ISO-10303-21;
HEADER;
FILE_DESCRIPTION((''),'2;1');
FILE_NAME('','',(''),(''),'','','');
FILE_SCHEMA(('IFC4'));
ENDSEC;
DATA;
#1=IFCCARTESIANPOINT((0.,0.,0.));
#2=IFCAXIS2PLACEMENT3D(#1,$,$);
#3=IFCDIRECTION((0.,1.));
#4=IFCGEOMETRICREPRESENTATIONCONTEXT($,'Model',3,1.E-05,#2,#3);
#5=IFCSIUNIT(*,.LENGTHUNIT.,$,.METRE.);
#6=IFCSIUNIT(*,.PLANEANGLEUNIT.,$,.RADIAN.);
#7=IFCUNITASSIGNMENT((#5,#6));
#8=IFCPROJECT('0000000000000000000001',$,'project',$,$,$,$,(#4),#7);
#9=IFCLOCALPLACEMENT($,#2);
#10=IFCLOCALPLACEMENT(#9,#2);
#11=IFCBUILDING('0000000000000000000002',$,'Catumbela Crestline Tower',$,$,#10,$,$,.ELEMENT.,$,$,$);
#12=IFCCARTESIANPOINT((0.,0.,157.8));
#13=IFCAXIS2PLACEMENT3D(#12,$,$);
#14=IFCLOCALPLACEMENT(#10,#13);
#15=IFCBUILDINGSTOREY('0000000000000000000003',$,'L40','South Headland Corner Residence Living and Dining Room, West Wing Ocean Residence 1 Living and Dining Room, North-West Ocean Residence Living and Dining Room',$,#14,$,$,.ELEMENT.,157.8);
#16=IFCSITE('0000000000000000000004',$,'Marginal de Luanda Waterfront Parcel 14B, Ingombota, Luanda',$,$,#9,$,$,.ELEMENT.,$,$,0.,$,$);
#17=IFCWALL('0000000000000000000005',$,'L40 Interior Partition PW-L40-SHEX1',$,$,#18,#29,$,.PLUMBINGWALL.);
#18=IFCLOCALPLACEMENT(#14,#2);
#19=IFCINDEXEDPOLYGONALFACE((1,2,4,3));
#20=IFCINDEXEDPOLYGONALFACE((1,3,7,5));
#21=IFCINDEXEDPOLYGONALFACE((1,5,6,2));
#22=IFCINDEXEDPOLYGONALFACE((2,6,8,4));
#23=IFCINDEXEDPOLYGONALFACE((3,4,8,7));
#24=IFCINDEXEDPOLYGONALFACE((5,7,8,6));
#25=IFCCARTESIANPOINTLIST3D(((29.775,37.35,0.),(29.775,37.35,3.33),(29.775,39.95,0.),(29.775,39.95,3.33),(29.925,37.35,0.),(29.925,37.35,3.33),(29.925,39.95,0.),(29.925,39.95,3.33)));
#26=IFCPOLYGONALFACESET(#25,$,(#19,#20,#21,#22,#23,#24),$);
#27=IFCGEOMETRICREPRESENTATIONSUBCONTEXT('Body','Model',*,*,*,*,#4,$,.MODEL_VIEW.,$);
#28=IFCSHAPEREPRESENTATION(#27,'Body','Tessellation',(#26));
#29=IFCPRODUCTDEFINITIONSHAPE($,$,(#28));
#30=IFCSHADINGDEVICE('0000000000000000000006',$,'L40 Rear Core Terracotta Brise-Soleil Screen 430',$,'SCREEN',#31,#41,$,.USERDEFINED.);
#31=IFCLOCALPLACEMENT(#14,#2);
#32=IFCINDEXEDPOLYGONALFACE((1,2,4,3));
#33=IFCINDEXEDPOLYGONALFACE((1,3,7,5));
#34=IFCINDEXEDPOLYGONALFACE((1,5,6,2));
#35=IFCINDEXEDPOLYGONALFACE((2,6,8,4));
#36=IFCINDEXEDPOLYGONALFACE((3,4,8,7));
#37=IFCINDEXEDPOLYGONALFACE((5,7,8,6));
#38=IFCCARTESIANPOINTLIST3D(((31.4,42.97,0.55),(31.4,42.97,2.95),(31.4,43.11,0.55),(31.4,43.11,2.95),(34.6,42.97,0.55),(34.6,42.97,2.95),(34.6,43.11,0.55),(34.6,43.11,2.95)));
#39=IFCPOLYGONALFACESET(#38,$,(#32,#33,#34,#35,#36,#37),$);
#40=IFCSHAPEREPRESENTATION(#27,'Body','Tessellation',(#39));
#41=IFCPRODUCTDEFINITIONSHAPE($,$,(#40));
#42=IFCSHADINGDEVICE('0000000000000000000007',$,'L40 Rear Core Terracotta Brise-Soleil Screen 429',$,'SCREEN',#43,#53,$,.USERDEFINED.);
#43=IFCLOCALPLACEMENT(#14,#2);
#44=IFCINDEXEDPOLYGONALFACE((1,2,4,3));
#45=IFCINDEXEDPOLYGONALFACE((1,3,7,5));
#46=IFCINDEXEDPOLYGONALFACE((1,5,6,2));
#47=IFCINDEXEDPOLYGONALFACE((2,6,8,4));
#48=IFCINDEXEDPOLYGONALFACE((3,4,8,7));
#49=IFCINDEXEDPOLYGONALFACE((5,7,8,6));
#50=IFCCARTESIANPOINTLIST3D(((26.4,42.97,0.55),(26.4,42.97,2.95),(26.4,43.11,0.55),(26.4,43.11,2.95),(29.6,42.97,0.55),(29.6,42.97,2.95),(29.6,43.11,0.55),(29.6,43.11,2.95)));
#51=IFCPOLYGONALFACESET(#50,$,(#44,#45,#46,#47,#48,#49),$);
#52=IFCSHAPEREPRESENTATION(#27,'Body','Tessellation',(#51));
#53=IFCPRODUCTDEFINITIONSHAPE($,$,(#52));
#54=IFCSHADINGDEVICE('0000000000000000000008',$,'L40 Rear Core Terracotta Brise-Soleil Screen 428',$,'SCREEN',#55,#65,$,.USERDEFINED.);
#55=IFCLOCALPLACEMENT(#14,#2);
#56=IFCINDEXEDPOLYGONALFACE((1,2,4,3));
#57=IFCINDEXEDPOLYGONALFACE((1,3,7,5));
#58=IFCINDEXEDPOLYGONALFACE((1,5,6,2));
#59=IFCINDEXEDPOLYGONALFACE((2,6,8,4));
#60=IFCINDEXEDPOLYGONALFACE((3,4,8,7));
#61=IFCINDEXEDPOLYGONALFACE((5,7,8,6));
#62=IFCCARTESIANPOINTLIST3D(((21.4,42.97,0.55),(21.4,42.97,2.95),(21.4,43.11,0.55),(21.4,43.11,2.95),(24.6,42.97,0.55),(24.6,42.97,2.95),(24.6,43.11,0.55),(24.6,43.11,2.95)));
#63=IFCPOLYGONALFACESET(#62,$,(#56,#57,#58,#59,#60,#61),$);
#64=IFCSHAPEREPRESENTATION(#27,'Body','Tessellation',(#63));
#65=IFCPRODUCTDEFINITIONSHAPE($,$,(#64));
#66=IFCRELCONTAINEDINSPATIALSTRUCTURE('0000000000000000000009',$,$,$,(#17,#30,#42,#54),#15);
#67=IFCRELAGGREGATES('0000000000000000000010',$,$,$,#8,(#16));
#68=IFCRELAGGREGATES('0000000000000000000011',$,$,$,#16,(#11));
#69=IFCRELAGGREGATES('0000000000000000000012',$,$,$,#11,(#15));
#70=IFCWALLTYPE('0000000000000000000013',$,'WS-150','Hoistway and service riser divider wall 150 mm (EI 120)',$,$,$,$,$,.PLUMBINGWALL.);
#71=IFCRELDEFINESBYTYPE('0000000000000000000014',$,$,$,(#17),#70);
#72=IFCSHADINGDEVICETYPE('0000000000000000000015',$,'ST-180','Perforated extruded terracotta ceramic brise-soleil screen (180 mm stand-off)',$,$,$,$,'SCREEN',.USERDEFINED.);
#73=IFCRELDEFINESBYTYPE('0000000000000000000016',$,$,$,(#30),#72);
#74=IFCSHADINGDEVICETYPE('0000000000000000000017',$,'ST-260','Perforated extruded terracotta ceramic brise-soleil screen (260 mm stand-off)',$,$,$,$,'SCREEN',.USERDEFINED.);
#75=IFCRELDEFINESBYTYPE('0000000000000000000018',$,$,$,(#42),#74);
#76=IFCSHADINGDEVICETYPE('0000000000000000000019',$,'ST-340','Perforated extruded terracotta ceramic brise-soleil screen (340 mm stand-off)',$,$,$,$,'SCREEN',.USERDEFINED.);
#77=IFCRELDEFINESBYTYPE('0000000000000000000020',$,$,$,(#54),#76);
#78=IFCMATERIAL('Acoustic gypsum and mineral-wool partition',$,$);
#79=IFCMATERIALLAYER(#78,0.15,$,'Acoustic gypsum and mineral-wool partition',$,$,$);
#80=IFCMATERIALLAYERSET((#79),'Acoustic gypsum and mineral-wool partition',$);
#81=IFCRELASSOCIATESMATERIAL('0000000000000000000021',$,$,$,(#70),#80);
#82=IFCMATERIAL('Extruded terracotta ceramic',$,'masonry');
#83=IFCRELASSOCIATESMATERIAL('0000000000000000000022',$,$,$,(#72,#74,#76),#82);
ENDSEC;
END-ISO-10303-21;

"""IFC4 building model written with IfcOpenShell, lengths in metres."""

from ifc_helpers import new_model, si_unit, direction, frame, frame_2d, origin, origin_2d, place, context, subcontext, project, spatial, rectangle, extrude, material, layer, layer_set, type_object, element, save


model = new_model("IFC4")

# Units and contexts
model_context = context("Model", 3, precision=1e-05, world=origin(), true_north=direction((0.0, 1.0)))
body_context = subcontext(model_context, "Body", "Model", "MODEL_VIEW")
ifc_project = project(units=[si_unit("LENGTHUNIT", "METRE"), si_unit("PLANEANGLEUNIT", "RADIAN")], contexts=[model_context])

# Site, building, storey
site_placement = place(None, origin())
site = spatial("IfcSite", under=ifc_project, at=site_placement, Name="Marginal de Luanda Waterfront Parcel 14B, Ingombota, Luanda", CompositionType="ELEMENT", RefElevation=0.0)
building_placement = place(site_placement, origin())
building = spatial("IfcBuilding", under=site, at=building_placement, Name="Catumbela Crestline Tower", CompositionType="ELEMENT")
storey_placement = place(building_placement, frame((0.0, 0.0, 157.8)))
storey = spatial("IfcBuildingStorey", under=building, at=storey_placement, Name="L40", Description="South Headland Corner Residence Living and Dining Room, West Wing Ocean Residence 1 Living and Dining Room, North-West Ocean Residence Living and Dining Room", CompositionType="ELEMENT", Elevation=157.8)

# Shared definitions
ifc_material_1 = material(Name="Acoustic gypsum and mineral-wool partition")

# Wall
ifc_layer_1 = layer(ifc_material_1, 0.15, Name="Acoustic gypsum and mineral-wool partition")
ifc_layer_set_1 = layer_set([ifc_layer_1], Name="Acoustic gypsum and mineral-wool partition")
wall_type_1 = type_object("IfcWallType", Name="WS-150", Description="Hoistway and service riser divider wall 150 mm (EI 120)", PredefinedType="PLUMBINGWALL", material=ifc_layer_set_1)
wall_1_placement = place(storey_placement, frame((29.85, 37.35, 0.0), z_axis=(0.0, 0.0, 1.0), x_axis=(0.0, 1.0, 0.0)))
element("IfcWall", 1, at=wall_1_placement, inside=storey, type_object=wall_type_1, Name="L40 Interior Partition PW-L40-SHEX1", PredefinedType="PLUMBINGWALL", context=body_context, shape_type="SweptSolid", body=[
    extrude(rectangle(XDim=2.6, YDim=0.15, at=frame_2d((1.3, 0.0))), origin(), (0.0, 0.0, 1.0), 3.33),
])

# Shading devices
ifc_material_2 = material(Name="Extruded terracotta ceramic", Category="masonry")
shading_device_type_1 = type_object("IfcShadingDeviceType", Name="ST-180", Description="Perforated extruded terracotta ceramic brise-soleil screen (180 mm stand-off)", ElementType="SCREEN", PredefinedType="USERDEFINED", material=ifc_material_2)
shading_device_1_placement = place(storey_placement, frame((33.0, 43.04, 0.55), z_axis=(0.0, 0.0, 1.0), x_axis=(1.0, 0.0, 0.0)))
element("IfcShadingDevice", 2, at=shading_device_1_placement, inside=storey, type_object=shading_device_type_1, Name="L40 Rear Core Terracotta Brise-Soleil Screen 430", ObjectType="SCREEN", PredefinedType="USERDEFINED", context=body_context, shape_type="SweptSolid", body=[
    extrude(rectangle(XDim=3.2, YDim=0.14, at=origin_2d()), origin(), (0.0, 0.0, 1.0), 2.4),
])
shading_device_type_2 = type_object("IfcShadingDeviceType", Name="ST-260", Description="Perforated extruded terracotta ceramic brise-soleil screen (260 mm stand-off)", ElementType="SCREEN", PredefinedType="USERDEFINED", material=ifc_material_2)
shading_device_2_placement = place(storey_placement, frame((28.0, 43.04, 0.55), z_axis=(0.0, 0.0, 1.0), x_axis=(1.0, 0.0, 0.0)))
element("IfcShadingDevice", 3, at=shading_device_2_placement, inside=storey, type_object=shading_device_type_2, Name="L40 Rear Core Terracotta Brise-Soleil Screen 429", ObjectType="SCREEN", PredefinedType="USERDEFINED", context=body_context, shape_type="SweptSolid", body=[
    extrude(rectangle(XDim=3.2, YDim=0.14, at=origin_2d()), origin(), (0.0, 0.0, 1.0), 2.4),
])
shading_device_type_3 = type_object("IfcShadingDeviceType", Name="ST-340", Description="Perforated extruded terracotta ceramic brise-soleil screen (340 mm stand-off)", ElementType="SCREEN", PredefinedType="USERDEFINED", material=ifc_material_2)
shading_device_3_placement = place(storey_placement, frame((23.0, 43.04, 0.55), z_axis=(0.0, 0.0, 1.0), x_axis=(1.0, 0.0, 0.0)))
element("IfcShadingDevice", 4, at=shading_device_3_placement, inside=storey, type_object=shading_device_type_3, Name="L40 Rear Core Terracotta Brise-Soleil Screen 428", ObjectType="SCREEN", PredefinedType="USERDEFINED", context=body_context, shape_type="SweptSolid", body=[
    extrude(rectangle(XDim=3.2, YDim=0.14, at=origin_2d()), origin(), (0.0, 0.0, 1.0), 2.4),
])

save(model, "model.ifc")
